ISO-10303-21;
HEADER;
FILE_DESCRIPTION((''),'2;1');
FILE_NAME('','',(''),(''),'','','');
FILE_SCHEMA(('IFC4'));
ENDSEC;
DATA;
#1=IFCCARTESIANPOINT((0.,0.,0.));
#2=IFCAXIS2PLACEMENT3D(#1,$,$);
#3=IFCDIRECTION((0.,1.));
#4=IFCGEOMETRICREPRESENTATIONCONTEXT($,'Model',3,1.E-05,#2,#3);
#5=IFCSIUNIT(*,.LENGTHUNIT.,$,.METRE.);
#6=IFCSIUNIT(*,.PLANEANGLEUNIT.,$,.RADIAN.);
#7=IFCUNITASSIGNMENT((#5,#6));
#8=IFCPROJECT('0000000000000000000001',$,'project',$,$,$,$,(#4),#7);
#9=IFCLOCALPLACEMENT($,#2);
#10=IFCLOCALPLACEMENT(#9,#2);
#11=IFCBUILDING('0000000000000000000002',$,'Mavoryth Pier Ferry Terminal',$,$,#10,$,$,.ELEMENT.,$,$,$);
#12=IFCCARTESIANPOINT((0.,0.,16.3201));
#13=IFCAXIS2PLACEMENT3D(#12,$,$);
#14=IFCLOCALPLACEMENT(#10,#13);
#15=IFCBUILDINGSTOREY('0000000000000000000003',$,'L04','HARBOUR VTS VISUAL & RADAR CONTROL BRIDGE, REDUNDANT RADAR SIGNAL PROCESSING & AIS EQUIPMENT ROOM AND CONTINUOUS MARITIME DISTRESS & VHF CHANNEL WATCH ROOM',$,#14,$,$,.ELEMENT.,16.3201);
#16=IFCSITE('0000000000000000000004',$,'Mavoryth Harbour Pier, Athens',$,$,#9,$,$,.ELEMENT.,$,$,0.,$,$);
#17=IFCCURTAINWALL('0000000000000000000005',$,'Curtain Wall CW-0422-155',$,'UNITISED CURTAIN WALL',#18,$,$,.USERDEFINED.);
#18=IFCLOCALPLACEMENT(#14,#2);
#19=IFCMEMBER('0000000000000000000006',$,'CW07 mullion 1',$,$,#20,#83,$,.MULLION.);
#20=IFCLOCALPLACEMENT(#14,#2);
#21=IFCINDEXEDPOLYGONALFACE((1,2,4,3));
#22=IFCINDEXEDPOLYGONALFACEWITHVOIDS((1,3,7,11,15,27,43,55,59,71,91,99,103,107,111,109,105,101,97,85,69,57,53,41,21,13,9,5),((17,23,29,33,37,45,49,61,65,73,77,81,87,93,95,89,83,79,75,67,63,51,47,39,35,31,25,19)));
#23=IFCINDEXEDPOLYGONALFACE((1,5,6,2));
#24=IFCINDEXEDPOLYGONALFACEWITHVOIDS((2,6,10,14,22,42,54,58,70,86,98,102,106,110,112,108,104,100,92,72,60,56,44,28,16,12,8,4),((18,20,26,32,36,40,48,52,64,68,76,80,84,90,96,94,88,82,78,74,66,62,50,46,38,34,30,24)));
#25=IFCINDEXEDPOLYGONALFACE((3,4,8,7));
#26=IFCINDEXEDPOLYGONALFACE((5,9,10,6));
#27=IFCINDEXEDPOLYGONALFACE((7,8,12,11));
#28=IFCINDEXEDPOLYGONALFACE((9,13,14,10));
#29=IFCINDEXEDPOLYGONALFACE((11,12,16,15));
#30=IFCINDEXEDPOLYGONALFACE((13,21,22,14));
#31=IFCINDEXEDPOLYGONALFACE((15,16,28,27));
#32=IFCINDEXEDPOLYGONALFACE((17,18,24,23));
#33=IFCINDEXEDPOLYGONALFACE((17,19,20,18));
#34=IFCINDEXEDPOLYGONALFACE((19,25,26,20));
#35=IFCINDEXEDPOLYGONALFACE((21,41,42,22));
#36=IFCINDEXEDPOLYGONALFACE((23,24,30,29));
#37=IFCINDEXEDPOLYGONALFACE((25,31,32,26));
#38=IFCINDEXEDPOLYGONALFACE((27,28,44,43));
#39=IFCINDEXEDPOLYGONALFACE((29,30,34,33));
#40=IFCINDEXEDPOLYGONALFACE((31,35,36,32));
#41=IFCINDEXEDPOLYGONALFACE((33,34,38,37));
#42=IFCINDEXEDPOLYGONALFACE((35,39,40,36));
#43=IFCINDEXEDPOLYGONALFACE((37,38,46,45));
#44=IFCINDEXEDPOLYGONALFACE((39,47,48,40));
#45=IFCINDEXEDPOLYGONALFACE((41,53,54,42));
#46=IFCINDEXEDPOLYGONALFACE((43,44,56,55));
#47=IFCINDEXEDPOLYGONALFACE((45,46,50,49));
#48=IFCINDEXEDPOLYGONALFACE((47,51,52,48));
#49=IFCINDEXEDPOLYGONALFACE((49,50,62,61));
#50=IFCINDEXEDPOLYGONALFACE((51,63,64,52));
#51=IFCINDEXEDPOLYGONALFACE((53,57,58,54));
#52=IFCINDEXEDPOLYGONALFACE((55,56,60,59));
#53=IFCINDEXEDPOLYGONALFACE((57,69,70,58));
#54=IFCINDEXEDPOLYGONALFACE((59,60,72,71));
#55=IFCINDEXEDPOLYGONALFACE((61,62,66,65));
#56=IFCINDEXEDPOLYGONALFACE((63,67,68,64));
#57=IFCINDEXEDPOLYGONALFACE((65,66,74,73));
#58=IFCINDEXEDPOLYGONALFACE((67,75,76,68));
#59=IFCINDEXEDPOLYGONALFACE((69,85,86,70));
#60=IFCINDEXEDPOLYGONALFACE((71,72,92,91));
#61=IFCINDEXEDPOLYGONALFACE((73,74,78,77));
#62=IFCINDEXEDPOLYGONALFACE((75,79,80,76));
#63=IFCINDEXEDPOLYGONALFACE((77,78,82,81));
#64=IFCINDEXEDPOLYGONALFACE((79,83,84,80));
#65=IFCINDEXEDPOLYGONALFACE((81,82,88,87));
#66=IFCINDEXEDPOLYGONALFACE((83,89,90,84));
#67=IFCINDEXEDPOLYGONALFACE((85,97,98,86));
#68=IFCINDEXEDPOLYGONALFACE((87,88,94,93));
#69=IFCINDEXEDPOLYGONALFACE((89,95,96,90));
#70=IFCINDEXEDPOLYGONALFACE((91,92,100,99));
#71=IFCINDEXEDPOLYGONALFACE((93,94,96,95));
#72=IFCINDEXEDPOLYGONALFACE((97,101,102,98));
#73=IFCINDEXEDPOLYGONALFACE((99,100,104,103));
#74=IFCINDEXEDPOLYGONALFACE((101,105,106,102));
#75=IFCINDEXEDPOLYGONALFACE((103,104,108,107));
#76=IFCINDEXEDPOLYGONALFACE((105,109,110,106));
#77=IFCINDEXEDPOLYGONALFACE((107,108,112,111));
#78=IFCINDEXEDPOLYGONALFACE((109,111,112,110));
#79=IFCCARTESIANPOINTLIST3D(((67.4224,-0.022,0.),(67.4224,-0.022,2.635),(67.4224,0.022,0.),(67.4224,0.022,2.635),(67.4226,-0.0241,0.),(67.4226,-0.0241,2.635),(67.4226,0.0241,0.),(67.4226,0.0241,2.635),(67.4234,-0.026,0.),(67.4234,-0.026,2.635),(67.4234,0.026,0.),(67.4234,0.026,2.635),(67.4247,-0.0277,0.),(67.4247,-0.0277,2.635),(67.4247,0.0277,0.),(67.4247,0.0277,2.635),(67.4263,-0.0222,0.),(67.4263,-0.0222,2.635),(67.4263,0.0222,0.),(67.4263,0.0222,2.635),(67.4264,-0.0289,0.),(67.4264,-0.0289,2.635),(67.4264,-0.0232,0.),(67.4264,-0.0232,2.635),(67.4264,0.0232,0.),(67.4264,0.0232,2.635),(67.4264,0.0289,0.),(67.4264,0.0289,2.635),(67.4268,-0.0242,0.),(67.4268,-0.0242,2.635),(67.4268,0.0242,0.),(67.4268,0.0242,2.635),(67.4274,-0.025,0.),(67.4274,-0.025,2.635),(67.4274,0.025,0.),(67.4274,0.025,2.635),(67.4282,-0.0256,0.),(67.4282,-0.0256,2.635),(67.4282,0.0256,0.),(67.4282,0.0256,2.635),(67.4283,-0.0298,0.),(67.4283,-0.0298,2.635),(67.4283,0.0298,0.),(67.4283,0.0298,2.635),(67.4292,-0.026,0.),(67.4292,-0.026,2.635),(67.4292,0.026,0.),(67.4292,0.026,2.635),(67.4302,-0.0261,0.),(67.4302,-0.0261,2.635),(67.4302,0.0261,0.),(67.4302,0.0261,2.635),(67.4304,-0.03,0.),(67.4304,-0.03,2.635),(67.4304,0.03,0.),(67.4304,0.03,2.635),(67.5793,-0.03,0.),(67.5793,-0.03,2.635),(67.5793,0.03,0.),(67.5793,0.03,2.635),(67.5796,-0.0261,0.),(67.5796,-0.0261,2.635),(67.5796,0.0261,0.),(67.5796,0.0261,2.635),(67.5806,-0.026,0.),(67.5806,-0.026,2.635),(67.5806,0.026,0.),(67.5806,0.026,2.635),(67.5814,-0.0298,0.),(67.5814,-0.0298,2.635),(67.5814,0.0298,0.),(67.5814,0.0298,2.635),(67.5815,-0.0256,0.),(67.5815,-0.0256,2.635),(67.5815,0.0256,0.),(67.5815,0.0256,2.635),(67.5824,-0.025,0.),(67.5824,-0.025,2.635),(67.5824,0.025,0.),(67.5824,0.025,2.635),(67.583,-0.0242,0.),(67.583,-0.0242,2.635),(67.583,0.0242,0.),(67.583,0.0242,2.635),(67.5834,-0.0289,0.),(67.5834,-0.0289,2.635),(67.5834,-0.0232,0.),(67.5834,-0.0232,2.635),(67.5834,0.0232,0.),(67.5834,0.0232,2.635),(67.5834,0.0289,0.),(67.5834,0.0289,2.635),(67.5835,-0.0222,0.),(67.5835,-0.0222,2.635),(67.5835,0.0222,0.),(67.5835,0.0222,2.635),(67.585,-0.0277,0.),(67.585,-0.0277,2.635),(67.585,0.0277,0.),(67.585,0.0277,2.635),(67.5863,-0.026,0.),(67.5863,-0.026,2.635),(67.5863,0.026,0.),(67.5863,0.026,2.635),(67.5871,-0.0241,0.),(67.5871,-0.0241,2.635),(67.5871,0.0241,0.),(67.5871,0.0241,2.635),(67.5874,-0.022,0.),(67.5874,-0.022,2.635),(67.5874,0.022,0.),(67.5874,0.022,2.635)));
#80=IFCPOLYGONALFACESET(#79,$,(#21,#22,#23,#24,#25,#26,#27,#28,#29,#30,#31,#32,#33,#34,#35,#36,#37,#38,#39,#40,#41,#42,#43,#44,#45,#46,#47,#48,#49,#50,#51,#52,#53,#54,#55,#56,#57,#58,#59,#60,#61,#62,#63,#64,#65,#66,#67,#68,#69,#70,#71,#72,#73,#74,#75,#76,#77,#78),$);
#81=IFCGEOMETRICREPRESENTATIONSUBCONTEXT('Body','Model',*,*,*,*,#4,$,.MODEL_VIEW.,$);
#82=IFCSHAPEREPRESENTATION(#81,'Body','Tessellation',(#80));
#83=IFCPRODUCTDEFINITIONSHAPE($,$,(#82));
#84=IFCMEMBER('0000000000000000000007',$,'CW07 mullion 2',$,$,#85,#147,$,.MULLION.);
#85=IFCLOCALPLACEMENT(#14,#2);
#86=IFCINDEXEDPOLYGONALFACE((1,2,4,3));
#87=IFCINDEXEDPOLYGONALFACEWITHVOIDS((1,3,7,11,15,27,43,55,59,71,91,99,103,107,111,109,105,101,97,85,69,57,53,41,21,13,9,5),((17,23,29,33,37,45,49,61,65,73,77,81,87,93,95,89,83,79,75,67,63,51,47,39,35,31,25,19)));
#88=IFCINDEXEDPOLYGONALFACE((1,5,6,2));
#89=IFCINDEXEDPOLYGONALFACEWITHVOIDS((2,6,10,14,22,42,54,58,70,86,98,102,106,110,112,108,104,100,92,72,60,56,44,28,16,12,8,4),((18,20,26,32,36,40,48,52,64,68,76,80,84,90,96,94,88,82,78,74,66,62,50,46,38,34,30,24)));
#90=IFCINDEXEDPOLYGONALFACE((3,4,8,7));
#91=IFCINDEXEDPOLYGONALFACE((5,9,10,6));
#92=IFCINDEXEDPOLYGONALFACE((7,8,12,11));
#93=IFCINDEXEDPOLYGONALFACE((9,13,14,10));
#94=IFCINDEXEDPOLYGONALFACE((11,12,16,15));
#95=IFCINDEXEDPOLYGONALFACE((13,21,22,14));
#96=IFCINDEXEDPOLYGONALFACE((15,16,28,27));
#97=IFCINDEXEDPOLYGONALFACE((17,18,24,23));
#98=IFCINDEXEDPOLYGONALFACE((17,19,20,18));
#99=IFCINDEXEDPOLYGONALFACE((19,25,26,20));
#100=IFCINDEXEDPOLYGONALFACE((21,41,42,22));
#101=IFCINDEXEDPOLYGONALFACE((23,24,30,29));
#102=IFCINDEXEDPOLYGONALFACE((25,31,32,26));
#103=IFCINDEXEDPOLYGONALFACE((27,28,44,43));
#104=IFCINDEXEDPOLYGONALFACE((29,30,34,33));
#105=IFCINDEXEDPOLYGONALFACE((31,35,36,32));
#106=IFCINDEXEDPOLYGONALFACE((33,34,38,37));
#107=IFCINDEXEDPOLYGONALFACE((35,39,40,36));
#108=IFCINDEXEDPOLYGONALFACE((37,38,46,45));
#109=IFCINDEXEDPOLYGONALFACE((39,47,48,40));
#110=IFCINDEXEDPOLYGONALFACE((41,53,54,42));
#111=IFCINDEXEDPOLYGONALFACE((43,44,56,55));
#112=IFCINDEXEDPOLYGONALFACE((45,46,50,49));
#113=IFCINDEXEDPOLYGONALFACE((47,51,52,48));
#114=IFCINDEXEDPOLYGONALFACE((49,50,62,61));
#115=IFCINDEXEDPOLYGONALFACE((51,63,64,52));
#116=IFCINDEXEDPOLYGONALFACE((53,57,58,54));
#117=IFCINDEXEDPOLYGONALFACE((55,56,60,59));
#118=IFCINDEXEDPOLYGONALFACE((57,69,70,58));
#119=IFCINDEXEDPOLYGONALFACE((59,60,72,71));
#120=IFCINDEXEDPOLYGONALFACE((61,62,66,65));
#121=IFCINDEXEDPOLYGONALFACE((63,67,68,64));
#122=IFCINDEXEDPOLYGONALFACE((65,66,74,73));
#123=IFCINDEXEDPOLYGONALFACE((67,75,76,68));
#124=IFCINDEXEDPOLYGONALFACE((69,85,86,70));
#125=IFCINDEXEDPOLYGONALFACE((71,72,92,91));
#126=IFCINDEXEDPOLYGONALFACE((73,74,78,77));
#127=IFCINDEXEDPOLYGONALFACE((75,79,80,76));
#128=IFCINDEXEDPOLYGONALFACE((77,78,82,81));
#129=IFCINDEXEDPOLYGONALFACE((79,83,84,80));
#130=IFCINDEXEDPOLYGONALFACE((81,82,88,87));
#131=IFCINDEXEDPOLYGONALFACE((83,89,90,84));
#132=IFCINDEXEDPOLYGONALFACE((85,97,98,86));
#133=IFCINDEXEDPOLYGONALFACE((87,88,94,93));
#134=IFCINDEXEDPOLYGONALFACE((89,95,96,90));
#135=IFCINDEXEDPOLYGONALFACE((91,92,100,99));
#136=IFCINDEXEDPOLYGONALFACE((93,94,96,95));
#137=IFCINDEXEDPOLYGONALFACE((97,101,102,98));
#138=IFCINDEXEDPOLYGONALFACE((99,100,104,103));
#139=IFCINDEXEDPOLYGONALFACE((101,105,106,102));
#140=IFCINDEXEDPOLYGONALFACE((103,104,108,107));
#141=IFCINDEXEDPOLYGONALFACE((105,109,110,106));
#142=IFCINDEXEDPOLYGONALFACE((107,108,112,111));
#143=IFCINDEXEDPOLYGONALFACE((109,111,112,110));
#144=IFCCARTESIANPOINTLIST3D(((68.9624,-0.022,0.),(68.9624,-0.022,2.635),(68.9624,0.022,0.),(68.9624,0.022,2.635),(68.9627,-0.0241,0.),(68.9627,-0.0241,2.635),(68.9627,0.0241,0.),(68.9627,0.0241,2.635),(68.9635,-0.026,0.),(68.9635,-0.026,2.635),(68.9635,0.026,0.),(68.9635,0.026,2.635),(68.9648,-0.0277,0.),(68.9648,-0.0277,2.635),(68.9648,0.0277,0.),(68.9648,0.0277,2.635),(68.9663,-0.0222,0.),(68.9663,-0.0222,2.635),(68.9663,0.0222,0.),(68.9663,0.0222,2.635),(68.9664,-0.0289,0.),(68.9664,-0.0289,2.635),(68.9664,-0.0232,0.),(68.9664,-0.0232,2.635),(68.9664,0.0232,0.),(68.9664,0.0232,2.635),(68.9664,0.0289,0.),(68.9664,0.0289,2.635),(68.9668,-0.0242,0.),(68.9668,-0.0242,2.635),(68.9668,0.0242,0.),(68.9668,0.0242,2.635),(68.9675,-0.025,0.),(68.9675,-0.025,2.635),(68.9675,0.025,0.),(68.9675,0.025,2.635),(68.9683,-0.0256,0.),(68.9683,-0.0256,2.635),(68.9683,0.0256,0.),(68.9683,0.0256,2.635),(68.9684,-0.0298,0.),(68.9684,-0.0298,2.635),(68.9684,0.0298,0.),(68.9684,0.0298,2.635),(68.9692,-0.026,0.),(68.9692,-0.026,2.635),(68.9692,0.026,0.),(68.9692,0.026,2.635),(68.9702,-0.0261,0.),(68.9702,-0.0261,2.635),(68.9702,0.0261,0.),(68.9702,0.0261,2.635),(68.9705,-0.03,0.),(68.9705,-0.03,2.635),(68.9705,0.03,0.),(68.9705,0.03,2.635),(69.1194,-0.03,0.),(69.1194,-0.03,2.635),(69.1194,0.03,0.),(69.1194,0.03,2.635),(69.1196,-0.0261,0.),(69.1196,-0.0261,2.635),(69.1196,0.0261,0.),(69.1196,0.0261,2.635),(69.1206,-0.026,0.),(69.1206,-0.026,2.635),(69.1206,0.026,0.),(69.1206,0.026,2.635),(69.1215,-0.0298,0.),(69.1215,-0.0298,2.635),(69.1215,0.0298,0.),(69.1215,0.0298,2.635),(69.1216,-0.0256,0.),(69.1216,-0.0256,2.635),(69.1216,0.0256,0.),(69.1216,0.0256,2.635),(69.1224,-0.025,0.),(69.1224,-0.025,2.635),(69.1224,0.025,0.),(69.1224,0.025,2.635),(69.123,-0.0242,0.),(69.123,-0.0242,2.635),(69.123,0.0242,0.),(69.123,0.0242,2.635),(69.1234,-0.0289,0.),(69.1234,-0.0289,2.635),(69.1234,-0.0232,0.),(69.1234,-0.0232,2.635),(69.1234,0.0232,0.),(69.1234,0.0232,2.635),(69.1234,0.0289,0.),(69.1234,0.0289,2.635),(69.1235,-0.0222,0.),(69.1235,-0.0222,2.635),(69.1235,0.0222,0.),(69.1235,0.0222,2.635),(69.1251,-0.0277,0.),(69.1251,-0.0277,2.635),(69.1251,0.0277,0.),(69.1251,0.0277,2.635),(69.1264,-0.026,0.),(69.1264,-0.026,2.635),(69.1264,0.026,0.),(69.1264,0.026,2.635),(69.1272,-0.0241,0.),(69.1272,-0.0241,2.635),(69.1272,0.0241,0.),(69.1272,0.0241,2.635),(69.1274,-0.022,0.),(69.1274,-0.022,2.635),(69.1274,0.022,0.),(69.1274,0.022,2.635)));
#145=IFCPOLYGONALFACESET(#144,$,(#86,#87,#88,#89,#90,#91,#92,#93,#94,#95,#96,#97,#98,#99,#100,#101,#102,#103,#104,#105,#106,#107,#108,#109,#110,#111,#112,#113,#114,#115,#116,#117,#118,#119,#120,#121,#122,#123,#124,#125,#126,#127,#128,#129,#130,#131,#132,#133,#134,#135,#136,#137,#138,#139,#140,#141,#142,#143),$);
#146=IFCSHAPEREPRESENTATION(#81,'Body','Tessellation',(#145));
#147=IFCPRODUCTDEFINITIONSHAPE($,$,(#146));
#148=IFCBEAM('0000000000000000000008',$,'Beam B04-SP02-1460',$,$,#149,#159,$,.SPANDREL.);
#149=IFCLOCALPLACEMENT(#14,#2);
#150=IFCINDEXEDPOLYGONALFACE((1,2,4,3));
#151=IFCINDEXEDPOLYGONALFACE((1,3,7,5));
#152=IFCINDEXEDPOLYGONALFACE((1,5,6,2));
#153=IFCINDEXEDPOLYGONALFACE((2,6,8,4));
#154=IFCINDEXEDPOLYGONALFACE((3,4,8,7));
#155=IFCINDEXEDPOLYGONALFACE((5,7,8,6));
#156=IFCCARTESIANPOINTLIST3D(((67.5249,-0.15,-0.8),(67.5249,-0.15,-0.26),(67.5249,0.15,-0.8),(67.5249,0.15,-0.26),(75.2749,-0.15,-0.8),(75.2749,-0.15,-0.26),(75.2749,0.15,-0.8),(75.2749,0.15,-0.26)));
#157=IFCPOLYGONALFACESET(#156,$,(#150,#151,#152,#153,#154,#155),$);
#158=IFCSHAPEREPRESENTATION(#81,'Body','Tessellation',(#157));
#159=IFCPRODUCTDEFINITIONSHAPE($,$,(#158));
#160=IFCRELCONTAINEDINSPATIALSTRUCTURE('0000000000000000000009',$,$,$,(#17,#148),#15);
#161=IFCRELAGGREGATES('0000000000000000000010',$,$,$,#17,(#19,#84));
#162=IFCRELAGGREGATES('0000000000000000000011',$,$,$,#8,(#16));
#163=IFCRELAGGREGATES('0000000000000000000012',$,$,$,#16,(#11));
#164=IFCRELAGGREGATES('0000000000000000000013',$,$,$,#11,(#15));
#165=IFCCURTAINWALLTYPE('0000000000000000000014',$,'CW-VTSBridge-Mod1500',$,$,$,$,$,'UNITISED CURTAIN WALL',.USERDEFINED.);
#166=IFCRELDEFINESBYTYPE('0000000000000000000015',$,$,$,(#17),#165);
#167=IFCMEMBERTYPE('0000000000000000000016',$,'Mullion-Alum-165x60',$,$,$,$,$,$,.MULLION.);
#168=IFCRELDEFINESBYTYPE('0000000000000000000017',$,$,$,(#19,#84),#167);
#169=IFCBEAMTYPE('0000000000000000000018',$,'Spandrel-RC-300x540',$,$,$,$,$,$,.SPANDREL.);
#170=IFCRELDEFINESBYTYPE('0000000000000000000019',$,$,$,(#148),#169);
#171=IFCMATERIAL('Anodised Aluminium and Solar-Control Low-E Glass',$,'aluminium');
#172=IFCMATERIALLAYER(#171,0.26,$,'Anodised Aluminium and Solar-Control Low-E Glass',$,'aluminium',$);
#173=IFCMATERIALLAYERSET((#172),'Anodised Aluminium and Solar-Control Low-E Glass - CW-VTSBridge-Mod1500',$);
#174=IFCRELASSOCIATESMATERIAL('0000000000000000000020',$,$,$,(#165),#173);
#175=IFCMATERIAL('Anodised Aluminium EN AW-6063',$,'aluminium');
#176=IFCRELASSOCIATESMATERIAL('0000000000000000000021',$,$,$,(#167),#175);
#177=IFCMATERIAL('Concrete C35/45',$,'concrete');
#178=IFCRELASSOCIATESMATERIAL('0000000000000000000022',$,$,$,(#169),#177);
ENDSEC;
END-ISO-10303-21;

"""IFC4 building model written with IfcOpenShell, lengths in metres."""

from ifc_helpers import new_model, si_unit, direction, frame, origin, origin_2d, place, context, subcontext, project, spatial, rectangle, hollow_rectangle, extrude, material, layer, layer_set, material_profile, profile_set, type_object, element, aggregate, save


model = new_model("IFC4")

# Units and contexts
model_context = context("Model", 3, precision=1e-05, world=origin(), true_north=direction((0.0, 1.0)))
body_context = subcontext(model_context, "Body", "Model", "MODEL_VIEW")
ifc_project = project(units=[si_unit("LENGTHUNIT", "METRE"), si_unit("PLANEANGLEUNIT", "RADIAN")], contexts=[model_context])

# Site, building, storey
site_placement = place(None, origin())
site = spatial("IfcSite", under=ifc_project, at=site_placement, Name="Mavoryth Harbour Pier, Athens", CompositionType="ELEMENT", RefElevation=0.0)
building_placement = place(site_placement, origin())
building = spatial("IfcBuilding", under=site, at=building_placement, Name="Mavoryth Pier Ferry Terminal", CompositionType="ELEMENT")
storey_placement = place(building_placement, frame((0.0, 0.0, 16.3201)))
storey = spatial("IfcBuildingStorey", under=building, at=storey_placement, Name="L04", Description="HARBOUR VTS VISUAL & RADAR CONTROL BRIDGE, REDUNDANT RADAR SIGNAL PROCESSING & AIS EQUIPMENT ROOM AND CONTINUOUS MARITIME DISTRESS & VHF CHANNEL WATCH ROOM", CompositionType="ELEMENT", Elevation=16.3201)

# Curtain wall, members
ifc_material_1 = material(Name="Anodised Aluminium and Solar-Control Low-E Glass", Category="aluminium")
ifc_layer_1 = layer(ifc_material_1, 0.26, Name="Anodised Aluminium and Solar-Control Low-E Glass", Category="aluminium")
ifc_layer_set_1 = layer_set([ifc_layer_1], Name="Anodised Aluminium and Solar-Control Low-E Glass - CW-VTSBridge-Mod1500")
curtain_wall_type = type_object("IfcCurtainWallType", Name="CW-VTSBridge-Mod1500", ElementType="UNITISED CURTAIN WALL", PredefinedType="USERDEFINED", material=ifc_layer_set_1)
ifc_material_2 = material(Name="Anodised Aluminium EN AW-6063", Category="aluminium")
ifc_material_profile_1 = material_profile(ifc_material_2, hollow_rectangle(XDim=0.0601, YDim=0.165, WallThickness=0.0039, InnerFilletRadius=0.0039, OuterFilletRadius=0.0081, at=origin_2d()), Name="AL-MULL 165x60x4", Category="aluminium")
ifc_profile_set_1 = profile_set([ifc_material_profile_1], Name="Anodised Aluminium EN AW-6063 - AL-MULL 165x60x4")
member_type_1 = type_object("IfcMemberType", Name="Mullion-Alum-165x60", PredefinedType="MULLION", material=ifc_profile_set_1)
curtain_wall_1_placement = place(storey_placement, origin())
curtain_wall_1 = element("IfcCurtainWall", 1, at=curtain_wall_1_placement, inside=storey, type_object=curtain_wall_type, Name="Curtain Wall CW-0422-155", ObjectType="UNITISED CURTAIN WALL", PredefinedType="USERDEFINED")
member_1_placement = place(storey_placement, frame((67.5049, 0.0, 0.0), z_axis=(0.0, 0.0, 1.0), x_axis=(0.0, 1.0, 0.0)))
member_1 = element("IfcMember", 2, at=member_1_placement, type_object=member_type_1, Name="CW07 mullion 1", PredefinedType="MULLION", context=body_context, shape_type="SweptSolid", body=[
    extrude(hollow_rectangle(XDim=0.0601, YDim=0.165, WallThickness=0.0039, InnerFilletRadius=0.0039, OuterFilletRadius=0.0081, at=origin_2d()), origin(), (0.0, 0.0, 1.0), 2.635),
])
member_2_placement = place(storey_placement, frame((69.0449, 0.0, 0.0), z_axis=(0.0, 0.0, 1.0), x_axis=(0.0, 1.0, 0.0)))
member_2 = element("IfcMember", 3, at=member_2_placement, type_object=member_type_1, Name="CW07 mullion 2", PredefinedType="MULLION", context=body_context, shape_type="SweptSolid", body=[
    extrude(hollow_rectangle(XDim=0.0601, YDim=0.165, WallThickness=0.0039, InnerFilletRadius=0.0039, OuterFilletRadius=0.0081, at=origin_2d()), origin(), (0.0, 0.0, 1.0), 2.635),
])

# Beam
ifc_material_3 = material(Name="Concrete C35/45", Category="concrete")
ifc_material_profile_2 = material_profile(ifc_material_3, rectangle(XDim=0.3, YDim=0.54, at=origin_2d()), Name="RC 300x540", Category="concrete")
ifc_profile_set_2 = profile_set([ifc_material_profile_2], Name="Concrete C35/45 - RC 300x540")
beam_type = type_object("IfcBeamType", Name="Spandrel-RC-300x540", PredefinedType="SPANDREL", material=ifc_profile_set_2)
beam_placement = place(storey_placement, frame((67.5249, 0.0, -0.53), z_axis=(1.0, 0.0, 0.0), x_axis=(0.0, 1.0, 0.0)))
element("IfcBeam", 4, at=beam_placement, inside=storey, type_object=beam_type, Name="Beam B04-SP02-1460", PredefinedType="SPANDREL", context=body_context, shape_type="SweptSolid", body=[
    extrude(rectangle(XDim=0.3, YDim=0.54, at=origin_2d()), origin(), (0.0, 0.0, 1.0), 7.75),
])

aggregate(curtain_wall_1, [member_1, member_2])

save(model, "model.ifc")
